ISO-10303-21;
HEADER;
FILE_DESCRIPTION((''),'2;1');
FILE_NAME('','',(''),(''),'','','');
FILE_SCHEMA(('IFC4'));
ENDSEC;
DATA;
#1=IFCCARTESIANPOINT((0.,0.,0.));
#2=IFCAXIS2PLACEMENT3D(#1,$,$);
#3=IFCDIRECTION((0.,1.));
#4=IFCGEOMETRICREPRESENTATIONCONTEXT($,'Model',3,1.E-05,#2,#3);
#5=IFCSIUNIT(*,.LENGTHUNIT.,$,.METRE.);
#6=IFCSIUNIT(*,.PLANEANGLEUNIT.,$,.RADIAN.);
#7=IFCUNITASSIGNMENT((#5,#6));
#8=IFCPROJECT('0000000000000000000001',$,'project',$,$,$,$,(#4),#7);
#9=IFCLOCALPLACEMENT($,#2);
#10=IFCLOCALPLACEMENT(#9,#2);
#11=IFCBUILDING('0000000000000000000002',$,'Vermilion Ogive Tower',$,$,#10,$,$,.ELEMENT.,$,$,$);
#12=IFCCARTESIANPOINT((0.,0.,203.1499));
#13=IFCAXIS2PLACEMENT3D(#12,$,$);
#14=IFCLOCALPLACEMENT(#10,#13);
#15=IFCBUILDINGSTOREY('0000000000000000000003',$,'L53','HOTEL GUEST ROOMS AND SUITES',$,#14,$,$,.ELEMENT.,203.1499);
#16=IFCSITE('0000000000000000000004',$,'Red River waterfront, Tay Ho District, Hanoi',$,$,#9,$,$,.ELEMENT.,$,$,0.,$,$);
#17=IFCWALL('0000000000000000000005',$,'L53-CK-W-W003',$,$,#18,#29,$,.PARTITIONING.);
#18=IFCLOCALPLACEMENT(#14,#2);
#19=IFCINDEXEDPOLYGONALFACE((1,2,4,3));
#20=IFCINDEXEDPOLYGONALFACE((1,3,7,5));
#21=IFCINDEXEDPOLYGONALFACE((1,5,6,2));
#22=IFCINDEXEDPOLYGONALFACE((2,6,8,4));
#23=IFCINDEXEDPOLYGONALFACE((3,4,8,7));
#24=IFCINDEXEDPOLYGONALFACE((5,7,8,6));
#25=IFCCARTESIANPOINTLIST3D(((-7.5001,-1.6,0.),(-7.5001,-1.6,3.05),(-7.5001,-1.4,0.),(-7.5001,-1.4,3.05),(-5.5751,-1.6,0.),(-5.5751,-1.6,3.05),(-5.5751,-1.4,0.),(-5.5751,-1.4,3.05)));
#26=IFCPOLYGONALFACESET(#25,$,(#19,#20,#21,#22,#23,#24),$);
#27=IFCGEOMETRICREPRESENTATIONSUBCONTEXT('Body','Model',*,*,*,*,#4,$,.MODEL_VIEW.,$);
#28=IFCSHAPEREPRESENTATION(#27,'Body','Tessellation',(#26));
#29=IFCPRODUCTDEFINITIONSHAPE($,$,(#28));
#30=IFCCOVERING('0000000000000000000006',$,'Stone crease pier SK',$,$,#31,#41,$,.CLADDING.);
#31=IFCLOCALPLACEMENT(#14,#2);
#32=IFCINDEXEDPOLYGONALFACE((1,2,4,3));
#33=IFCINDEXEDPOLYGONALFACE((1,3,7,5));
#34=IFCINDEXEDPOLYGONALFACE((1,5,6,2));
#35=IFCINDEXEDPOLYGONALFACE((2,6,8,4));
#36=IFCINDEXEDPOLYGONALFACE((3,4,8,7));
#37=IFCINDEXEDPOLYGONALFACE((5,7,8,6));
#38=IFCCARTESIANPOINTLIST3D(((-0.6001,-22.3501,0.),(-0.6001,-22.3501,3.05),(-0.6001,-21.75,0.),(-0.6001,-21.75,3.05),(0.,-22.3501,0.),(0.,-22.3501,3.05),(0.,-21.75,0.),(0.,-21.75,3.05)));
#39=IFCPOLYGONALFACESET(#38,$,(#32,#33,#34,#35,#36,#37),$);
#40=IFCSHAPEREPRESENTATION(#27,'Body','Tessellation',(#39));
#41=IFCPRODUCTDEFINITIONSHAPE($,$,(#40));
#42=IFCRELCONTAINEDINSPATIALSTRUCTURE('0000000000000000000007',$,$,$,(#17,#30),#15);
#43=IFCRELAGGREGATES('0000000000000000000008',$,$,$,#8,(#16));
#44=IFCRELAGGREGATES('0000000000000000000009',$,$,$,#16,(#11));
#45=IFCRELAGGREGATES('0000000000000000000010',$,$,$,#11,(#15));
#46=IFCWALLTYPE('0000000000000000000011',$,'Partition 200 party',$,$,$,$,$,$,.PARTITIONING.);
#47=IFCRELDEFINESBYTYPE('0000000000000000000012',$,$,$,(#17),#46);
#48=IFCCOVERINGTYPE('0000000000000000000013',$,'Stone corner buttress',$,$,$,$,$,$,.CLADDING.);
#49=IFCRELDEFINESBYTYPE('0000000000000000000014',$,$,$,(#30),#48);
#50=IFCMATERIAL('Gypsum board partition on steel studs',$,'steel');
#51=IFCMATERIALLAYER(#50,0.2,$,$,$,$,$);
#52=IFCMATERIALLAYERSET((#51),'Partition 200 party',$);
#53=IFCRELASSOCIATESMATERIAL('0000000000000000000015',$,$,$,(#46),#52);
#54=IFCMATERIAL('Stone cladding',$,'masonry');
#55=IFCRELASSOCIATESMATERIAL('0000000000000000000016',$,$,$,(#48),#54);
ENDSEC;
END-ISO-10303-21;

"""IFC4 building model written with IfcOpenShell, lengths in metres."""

from ifc_helpers import new_model, si_unit, direction, frame, frame_2d, origin, place, context, subcontext, project, spatial, polyline, rectangle, outline, extrude, material, layer, layer_set, type_object, element, save


model = new_model("IFC4")

# Units and contexts
model_context = context("Model", 3, precision=1e-05, world=origin(), true_north=direction((0.0, 1.0)))
body_context = subcontext(model_context, "Body", "Model", "MODEL_VIEW")
ifc_project = project(units=[si_unit("LENGTHUNIT", "METRE"), si_unit("PLANEANGLEUNIT", "RADIAN")], contexts=[model_context])

# Site, building, storey
site_placement = place(None, origin())
site = spatial("IfcSite", under=ifc_project, at=site_placement, Name="Red River waterfront, Tay Ho District, Hanoi", CompositionType="ELEMENT", RefElevation=0.0)
building_placement = place(site_placement, origin())
building = spatial("IfcBuilding", under=site, at=building_placement, Name="Vermilion Ogive Tower", CompositionType="ELEMENT")
storey_placement = place(building_placement, frame((0.0, 0.0, 203.1499)))
storey = spatial("IfcBuildingStorey", under=building, at=storey_placement, Name="L53", Description="HOTEL GUEST ROOMS AND SUITES", CompositionType="ELEMENT", Elevation=203.1499)

# Wall
ifc_material_1 = material(Name="Gypsum board partition on steel studs", Category="steel")
ifc_layer_1 = layer(ifc_material_1, 0.2)
ifc_layer_set_1 = layer_set([ifc_layer_1], Name="Partition 200 party")
wall_type_1 = type_object("IfcWallType", Name="Partition 200 party", PredefinedType="PARTITIONING", material=ifc_layer_set_1)
wall_1_placement = place(storey_placement, frame((-7.5, -1.5, 0.0), z_axis=(0.0, 0.0, 1.0), x_axis=(1.0, 0.0, 0.0)))
element("IfcWall", 1, at=wall_1_placement, inside=storey, type_object=wall_type_1, Name="L53-CK-W-W003", PredefinedType="PARTITIONING", context=body_context, shape_type="SweptSolid", body=[
    extrude(rectangle(XDim=1.925, YDim=0.2, at=frame_2d((0.9624, 0.0))), origin(), (0.0, 0.0, 1.0), 3.05),
])

# Covering
ifc_material_2 = material(Name="Stone cladding", Category="masonry")
covering_type = type_object("IfcCoveringType", Name="Stone corner buttress", PredefinedType="CLADDING", material=ifc_material_2)
covering_placement = place(storey_placement, origin())
element("IfcCovering", 2, at=covering_placement, inside=storey, type_object=covering_type, Name="Stone crease pier SK", PredefinedType="CLADDING", context=body_context, shape_type="SweptSolid", body=[
    extrude(outline(polyline([(-0.6001, -22.3501), (0.0, -22.3501), (0.0, -21.75), (-0.6001, -21.75), (-0.6001, -22.3501)])), origin(), (0.0, 0.0, 1.0), 3.05),
])

save(model, "model.ifc")
